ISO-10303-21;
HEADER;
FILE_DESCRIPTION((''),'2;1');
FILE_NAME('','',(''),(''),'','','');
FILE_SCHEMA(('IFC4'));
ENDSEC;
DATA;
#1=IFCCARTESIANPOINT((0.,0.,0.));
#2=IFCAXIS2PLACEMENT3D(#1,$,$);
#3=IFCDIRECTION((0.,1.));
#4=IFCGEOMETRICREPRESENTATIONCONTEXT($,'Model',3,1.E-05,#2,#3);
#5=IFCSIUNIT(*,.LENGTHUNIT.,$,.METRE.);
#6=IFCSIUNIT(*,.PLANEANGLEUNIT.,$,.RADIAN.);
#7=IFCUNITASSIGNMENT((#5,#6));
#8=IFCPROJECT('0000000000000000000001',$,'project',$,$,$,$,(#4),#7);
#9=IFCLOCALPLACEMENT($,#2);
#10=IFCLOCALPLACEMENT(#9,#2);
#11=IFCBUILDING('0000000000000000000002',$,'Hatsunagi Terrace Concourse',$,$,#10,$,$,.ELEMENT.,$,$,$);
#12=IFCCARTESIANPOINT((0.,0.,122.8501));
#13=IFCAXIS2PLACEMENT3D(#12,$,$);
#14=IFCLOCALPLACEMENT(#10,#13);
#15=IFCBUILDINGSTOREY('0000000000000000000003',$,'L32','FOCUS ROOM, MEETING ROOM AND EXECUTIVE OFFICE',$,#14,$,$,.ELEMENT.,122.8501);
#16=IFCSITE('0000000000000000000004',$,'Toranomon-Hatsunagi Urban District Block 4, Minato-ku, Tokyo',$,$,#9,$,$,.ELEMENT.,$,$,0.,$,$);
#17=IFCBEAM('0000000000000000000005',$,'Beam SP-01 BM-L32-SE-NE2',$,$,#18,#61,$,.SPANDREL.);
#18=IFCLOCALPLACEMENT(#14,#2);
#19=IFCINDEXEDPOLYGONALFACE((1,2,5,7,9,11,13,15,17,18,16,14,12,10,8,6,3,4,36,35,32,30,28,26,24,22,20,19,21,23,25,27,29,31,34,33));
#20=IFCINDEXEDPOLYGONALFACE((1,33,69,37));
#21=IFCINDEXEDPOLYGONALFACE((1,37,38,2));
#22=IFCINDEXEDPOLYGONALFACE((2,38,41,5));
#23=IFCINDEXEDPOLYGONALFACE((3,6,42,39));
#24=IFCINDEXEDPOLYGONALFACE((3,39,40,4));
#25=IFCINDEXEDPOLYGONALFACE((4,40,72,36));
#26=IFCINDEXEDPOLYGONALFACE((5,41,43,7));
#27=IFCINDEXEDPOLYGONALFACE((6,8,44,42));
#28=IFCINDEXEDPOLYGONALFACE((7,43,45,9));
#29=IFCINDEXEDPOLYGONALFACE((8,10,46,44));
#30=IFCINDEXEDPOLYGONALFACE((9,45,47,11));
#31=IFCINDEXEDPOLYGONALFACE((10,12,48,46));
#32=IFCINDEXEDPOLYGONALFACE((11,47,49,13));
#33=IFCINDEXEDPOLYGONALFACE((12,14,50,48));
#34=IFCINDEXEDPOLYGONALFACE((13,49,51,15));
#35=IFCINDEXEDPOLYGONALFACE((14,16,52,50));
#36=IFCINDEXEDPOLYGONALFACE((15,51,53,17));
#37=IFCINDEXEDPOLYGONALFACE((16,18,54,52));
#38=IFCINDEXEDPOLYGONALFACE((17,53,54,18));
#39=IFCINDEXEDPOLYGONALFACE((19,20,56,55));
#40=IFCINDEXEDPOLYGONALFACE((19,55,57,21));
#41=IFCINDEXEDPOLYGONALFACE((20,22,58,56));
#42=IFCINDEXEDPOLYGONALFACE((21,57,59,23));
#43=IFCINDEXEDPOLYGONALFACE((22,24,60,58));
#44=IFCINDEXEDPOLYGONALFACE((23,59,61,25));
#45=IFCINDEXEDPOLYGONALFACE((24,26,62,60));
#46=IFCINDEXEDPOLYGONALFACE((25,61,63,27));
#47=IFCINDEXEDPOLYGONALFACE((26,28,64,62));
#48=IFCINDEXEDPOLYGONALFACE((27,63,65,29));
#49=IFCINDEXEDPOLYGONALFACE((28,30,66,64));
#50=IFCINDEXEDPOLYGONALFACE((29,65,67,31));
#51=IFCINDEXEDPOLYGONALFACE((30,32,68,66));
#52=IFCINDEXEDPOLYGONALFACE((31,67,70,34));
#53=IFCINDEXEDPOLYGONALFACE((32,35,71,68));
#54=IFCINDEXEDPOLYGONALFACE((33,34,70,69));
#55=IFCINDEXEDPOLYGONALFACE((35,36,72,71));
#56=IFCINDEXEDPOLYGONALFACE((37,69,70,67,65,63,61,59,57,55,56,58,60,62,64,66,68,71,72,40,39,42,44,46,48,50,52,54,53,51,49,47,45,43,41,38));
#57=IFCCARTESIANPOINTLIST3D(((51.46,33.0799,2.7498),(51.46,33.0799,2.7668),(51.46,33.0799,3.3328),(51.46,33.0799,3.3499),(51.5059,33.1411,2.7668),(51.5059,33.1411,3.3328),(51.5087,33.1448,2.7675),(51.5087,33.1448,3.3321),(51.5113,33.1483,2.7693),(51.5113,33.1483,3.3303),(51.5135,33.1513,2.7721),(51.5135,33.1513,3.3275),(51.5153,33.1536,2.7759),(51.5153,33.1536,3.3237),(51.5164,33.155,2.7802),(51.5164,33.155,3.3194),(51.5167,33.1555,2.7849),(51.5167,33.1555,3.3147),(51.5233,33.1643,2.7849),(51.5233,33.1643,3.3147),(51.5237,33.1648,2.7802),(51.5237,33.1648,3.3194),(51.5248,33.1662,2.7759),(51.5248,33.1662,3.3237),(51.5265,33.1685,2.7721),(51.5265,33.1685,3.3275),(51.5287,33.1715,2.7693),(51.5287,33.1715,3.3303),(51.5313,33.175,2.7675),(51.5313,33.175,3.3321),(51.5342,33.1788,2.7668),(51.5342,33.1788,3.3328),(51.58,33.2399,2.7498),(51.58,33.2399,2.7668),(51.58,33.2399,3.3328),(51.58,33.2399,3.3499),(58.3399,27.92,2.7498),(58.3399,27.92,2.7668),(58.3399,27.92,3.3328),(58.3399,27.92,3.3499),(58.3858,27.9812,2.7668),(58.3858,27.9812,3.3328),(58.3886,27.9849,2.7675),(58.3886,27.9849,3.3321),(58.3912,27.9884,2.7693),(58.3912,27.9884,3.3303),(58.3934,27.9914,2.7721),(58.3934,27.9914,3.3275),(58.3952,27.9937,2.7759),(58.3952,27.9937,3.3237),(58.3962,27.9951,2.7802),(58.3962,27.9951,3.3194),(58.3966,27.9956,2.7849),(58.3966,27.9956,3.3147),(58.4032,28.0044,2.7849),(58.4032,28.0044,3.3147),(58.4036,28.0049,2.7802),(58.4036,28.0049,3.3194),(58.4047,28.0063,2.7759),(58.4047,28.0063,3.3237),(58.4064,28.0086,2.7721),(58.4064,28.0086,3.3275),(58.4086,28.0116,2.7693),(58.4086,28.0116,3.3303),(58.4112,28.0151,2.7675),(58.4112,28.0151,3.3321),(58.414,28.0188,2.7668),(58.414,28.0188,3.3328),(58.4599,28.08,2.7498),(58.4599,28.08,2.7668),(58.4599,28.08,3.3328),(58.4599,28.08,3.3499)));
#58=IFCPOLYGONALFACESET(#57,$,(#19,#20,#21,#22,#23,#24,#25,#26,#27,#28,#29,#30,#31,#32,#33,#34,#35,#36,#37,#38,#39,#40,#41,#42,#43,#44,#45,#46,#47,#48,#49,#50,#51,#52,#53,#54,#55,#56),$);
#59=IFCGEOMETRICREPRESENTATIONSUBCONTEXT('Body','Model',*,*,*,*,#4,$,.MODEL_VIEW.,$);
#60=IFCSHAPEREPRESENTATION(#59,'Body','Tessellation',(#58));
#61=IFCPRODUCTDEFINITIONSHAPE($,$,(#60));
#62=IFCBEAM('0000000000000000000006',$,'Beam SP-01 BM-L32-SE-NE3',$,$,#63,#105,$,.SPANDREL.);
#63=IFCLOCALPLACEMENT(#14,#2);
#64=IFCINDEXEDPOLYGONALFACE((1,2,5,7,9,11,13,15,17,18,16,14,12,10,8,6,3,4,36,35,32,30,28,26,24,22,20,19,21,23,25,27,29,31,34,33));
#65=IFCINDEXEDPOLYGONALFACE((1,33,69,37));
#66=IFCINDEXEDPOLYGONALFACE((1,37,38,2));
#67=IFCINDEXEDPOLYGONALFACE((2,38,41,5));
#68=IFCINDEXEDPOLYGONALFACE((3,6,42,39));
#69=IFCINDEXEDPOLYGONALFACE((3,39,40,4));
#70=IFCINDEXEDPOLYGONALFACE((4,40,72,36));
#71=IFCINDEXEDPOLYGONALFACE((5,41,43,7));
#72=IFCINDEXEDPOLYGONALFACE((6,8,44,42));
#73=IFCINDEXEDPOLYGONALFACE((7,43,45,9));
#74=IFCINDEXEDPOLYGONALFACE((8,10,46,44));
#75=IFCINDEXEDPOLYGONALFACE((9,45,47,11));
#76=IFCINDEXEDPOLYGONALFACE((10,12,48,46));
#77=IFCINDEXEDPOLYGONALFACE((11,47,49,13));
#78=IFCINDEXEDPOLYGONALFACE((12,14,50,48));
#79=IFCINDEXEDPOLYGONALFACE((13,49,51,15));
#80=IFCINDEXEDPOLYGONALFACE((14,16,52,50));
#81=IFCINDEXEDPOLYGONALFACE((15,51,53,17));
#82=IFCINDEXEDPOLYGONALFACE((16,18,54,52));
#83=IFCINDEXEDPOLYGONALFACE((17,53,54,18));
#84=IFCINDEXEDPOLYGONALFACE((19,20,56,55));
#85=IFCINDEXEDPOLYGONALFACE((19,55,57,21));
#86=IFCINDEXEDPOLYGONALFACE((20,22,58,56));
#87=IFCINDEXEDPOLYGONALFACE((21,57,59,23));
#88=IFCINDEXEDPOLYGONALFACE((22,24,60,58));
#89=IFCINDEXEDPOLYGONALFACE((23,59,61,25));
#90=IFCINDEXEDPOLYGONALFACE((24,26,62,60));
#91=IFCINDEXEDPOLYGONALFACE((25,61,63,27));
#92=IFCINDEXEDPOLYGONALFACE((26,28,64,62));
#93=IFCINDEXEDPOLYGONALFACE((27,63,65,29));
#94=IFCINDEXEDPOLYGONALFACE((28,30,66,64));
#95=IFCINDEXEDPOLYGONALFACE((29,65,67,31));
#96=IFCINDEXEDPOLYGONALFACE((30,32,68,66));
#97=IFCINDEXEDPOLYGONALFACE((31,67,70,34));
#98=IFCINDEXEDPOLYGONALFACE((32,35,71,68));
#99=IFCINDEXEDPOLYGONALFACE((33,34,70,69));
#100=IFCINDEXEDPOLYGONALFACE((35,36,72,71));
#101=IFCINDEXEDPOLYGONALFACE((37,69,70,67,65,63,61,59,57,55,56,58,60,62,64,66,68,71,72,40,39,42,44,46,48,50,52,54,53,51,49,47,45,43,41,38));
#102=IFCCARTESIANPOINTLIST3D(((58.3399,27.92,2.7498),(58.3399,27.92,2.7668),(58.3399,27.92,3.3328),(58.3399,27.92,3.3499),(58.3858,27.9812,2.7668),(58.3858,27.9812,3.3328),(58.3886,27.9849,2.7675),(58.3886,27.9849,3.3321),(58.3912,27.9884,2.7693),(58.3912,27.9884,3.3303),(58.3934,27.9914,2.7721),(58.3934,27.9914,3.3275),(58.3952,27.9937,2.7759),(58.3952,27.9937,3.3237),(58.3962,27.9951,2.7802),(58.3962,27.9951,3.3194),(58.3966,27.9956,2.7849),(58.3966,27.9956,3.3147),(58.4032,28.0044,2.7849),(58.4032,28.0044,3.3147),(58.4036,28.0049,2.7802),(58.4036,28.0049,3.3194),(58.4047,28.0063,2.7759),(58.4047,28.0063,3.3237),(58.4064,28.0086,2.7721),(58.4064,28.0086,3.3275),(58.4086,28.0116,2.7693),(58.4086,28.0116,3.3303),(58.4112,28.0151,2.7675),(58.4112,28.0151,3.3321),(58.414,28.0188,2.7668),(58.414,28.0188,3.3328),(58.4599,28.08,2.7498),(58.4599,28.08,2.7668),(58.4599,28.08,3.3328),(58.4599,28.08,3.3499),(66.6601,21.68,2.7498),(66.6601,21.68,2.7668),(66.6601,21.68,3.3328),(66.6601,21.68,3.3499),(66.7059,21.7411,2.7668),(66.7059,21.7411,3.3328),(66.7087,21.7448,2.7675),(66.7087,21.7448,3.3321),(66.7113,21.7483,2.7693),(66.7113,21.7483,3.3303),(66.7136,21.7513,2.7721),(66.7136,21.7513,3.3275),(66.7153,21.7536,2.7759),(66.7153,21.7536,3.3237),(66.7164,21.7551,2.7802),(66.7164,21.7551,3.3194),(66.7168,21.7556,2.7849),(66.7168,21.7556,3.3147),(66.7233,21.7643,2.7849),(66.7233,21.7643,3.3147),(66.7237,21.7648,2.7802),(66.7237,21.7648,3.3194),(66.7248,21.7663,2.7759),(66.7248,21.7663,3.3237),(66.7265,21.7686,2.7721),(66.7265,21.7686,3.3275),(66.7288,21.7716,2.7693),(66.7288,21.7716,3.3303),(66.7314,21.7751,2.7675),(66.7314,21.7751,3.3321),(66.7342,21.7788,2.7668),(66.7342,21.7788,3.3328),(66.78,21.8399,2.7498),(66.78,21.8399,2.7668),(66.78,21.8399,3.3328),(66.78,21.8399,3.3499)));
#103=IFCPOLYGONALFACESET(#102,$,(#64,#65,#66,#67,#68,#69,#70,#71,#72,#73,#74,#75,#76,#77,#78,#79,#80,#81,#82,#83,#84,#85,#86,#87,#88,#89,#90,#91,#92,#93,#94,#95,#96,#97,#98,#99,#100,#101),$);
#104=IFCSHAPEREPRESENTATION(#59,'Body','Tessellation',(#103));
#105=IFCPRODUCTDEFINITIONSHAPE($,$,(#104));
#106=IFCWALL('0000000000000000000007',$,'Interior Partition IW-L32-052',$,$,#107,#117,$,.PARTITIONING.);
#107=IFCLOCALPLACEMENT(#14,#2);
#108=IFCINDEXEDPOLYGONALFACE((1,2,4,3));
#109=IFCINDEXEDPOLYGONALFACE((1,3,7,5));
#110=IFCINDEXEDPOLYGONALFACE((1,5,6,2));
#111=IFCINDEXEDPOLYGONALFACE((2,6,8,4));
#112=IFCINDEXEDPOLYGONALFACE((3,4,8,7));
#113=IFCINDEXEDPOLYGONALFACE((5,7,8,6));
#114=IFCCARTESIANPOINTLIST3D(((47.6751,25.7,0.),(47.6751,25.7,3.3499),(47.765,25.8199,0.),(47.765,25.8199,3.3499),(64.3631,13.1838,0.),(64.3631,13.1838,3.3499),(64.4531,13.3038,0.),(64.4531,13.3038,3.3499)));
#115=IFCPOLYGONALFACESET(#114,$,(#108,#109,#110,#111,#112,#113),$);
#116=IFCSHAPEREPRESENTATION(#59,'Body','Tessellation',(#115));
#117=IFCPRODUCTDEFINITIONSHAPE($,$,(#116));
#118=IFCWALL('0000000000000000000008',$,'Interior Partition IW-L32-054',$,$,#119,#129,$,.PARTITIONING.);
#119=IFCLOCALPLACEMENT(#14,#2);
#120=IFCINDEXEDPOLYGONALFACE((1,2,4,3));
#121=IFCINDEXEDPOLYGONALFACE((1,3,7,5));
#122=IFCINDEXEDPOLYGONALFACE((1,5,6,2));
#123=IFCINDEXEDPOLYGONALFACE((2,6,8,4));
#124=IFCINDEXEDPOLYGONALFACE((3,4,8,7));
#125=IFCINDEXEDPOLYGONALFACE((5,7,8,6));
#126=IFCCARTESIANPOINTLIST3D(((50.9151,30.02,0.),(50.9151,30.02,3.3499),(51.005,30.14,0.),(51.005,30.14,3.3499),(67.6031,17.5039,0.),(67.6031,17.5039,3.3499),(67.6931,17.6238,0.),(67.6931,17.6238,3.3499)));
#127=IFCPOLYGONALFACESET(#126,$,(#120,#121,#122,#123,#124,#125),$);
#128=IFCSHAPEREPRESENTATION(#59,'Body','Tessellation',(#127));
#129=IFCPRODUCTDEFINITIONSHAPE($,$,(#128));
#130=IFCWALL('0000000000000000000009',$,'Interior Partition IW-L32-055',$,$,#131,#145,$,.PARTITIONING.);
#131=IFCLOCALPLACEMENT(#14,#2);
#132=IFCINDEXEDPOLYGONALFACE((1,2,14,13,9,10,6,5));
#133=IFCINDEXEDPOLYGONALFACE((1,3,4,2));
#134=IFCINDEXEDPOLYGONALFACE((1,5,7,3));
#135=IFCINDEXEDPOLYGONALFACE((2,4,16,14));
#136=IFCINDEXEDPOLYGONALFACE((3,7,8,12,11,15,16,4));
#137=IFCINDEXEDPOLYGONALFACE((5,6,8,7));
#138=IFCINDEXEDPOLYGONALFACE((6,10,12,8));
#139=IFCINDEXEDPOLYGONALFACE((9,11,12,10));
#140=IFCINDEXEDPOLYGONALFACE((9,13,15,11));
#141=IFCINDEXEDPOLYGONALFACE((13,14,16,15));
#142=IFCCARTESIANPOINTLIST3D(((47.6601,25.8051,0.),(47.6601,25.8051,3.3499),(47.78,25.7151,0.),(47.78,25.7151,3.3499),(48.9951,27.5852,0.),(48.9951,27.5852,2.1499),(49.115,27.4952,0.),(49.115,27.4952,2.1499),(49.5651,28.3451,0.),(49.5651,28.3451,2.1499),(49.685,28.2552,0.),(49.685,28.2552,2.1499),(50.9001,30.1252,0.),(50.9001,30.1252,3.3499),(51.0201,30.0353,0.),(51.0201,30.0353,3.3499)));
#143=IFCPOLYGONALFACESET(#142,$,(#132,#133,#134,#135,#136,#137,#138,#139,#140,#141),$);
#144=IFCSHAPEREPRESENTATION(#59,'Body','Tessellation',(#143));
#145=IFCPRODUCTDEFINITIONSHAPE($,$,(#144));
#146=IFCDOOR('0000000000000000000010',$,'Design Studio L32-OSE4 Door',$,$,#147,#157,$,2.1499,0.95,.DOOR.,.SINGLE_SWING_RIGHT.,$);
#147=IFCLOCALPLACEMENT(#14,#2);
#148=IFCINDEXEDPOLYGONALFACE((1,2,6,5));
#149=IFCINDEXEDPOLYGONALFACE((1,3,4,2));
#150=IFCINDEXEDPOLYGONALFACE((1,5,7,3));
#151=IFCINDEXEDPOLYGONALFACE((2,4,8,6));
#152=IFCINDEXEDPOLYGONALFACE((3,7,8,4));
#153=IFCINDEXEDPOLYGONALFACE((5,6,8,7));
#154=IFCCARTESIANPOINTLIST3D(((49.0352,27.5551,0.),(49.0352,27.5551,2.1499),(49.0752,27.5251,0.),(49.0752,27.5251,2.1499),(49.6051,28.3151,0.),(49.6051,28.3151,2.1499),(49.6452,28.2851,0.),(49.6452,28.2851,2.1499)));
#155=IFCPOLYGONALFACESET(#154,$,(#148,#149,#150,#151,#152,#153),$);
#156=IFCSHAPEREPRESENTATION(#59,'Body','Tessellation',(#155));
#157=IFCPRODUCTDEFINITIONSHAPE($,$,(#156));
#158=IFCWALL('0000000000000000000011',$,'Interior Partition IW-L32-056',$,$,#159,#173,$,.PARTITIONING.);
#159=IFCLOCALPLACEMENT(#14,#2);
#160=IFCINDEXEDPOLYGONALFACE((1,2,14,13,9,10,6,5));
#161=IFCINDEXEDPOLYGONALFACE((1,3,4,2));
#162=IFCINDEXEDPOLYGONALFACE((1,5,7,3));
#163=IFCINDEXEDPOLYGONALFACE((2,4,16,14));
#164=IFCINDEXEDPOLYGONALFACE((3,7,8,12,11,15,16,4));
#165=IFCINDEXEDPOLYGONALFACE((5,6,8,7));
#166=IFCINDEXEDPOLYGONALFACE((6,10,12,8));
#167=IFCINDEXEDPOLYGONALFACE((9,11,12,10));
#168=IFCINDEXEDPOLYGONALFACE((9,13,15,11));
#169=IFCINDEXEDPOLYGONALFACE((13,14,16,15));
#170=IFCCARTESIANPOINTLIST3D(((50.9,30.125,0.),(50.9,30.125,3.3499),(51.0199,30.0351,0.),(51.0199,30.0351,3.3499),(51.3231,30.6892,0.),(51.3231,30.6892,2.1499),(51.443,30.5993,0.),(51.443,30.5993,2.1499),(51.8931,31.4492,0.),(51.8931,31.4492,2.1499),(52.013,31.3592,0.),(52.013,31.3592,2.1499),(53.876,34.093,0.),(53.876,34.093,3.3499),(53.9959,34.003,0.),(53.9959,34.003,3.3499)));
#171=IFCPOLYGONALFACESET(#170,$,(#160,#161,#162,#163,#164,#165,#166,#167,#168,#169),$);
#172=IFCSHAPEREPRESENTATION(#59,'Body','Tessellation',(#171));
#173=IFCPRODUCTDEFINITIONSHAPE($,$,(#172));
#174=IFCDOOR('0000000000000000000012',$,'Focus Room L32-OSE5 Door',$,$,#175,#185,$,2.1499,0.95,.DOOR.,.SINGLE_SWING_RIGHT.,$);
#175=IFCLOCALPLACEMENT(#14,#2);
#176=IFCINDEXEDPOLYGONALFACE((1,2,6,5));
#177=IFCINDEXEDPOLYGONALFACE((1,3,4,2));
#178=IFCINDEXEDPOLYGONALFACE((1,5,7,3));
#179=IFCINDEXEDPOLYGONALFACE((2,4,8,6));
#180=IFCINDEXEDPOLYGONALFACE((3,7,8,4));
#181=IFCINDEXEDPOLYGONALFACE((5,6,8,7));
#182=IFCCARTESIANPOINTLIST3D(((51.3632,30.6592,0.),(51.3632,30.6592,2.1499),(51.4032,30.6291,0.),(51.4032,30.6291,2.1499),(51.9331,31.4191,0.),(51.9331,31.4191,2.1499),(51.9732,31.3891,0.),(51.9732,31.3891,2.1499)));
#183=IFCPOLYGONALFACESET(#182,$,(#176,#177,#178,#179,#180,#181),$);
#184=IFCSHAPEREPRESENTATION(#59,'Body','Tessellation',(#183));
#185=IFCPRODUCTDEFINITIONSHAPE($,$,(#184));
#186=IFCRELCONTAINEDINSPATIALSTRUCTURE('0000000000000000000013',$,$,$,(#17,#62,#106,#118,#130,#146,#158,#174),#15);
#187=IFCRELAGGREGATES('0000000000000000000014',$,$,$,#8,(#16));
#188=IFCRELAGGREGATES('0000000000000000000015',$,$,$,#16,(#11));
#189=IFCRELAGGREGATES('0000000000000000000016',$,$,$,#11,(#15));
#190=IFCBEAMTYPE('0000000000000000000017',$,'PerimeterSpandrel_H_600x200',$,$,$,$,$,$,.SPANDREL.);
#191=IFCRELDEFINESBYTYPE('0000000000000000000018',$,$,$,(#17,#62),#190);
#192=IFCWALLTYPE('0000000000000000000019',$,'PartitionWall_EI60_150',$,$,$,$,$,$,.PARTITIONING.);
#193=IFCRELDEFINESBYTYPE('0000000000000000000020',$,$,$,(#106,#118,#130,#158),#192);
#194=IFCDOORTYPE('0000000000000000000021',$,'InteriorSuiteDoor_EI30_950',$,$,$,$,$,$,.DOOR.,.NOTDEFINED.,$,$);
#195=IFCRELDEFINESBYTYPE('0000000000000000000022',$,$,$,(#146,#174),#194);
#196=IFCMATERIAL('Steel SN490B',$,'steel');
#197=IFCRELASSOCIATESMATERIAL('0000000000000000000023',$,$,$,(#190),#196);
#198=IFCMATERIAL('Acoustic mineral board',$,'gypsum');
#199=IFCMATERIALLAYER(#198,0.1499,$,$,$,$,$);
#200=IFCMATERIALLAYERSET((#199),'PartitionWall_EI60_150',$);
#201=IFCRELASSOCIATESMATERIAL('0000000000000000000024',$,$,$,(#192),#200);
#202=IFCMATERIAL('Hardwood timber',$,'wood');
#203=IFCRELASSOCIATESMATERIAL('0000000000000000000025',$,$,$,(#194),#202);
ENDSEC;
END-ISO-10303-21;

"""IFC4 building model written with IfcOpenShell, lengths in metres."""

from ifc_helpers import new_model, si_unit, direction, frame, frame_2d, origin, origin_2d, place, context, subcontext, project, spatial, rectangle, i_section, extrude, material, layer, layer_set, material_profile, profile_set, type_object, element, fill, save


model = new_model("IFC4")

# Units and contexts
model_context = context("Model", 3, precision=1e-05, world=origin(), true_north=direction((0.0, 1.0)))
body_context = subcontext(model_context, "Body", "Model", "MODEL_VIEW")
ifc_project = project(units=[si_unit("LENGTHUNIT", "METRE"), si_unit("PLANEANGLEUNIT", "RADIAN")], contexts=[model_context])

# Site, building, storey
site_placement = place(None, origin())
site = spatial("IfcSite", under=ifc_project, at=site_placement, Name="Toranomon-Hatsunagi Urban District Block 4, Minato-ku, Tokyo", CompositionType="ELEMENT", RefElevation=0.0)
building_placement = place(site_placement, origin())
building = spatial("IfcBuilding", under=site, at=building_placement, Name="Hatsunagi Terrace Concourse", CompositionType="ELEMENT")
storey_placement = place(building_placement, frame((0.0, 0.0, 122.8501)))
storey = spatial("IfcBuildingStorey", under=building, at=storey_placement, Name="L32", Description="FOCUS ROOM, MEETING ROOM AND EXECUTIVE OFFICE", CompositionType="ELEMENT", Elevation=122.8501)

# Beams
ifc_material_1 = material(Name="Steel SN490B", Category="steel")
ifc_material_profile_1 = material_profile(ifc_material_1, i_section(OverallWidth=0.2, OverallDepth=0.6001, WebThickness=0.011, FlangeThickness=0.0171, FilletRadius=0.0181, at=origin_2d()), Name="H-600x200x11x17")
ifc_profile_set_1 = profile_set([ifc_material_profile_1], Name="Steel SN490B")
beam_type_1 = type_object("IfcBeamType", Name="PerimeterSpandrel_H_600x200", PredefinedType="SPANDREL", material=ifc_profile_set_1)
beam_1_placement = place(storey_placement, frame((51.52, 33.1599, 3.0498), z_axis=(0.8, -0.6, 0.0), x_axis=(0.6, 0.8, 0.0)))
element("IfcBeam", 1, at=beam_1_placement, inside=storey, type_object=beam_type_1, Name="Beam SP-01 BM-L32-SE-NE2", PredefinedType="SPANDREL", context=body_context, shape_type="SweptSolid", body=[
    extrude(i_section(OverallWidth=0.2, OverallDepth=0.6001, WebThickness=0.011, FlangeThickness=0.0171, FilletRadius=0.0181, at=origin_2d()), origin(), (0.0, 0.0, 1.0), 8.5999),
])
beam_2_placement = place(storey_placement, frame((58.3999, 28.0, 3.0498), z_axis=(0.800003, -0.599996, 0.0), x_axis=(0.599996, 0.800003, 0.0)))
element("IfcBeam", 2, at=beam_2_placement, inside=storey, type_object=beam_type_1, Name="Beam SP-01 BM-L32-SE-NE3", PredefinedType="SPANDREL", context=body_context, shape_type="SweptSolid", body=[
    extrude(i_section(OverallWidth=0.2, OverallDepth=0.6001, WebThickness=0.011, FlangeThickness=0.0171, FilletRadius=0.0181, at=origin_2d()), origin(), (0.0, 0.0, 1.0), 10.4001),
])

# Walls
ifc_material_2 = material(Name="Acoustic mineral board", Category="gypsum")
ifc_layer_1 = layer(ifc_material_2, 0.1499)
ifc_layer_set_1 = layer_set([ifc_layer_1], Name="PartitionWall_EI60_150")
wall_type_1 = type_object("IfcWallType", Name="PartitionWall_EI60_150", PredefinedType="PARTITIONING", material=ifc_layer_set_1)
for number, where, z_axis, x_axis, name in (
    (3, (47.72, 25.76, 0.0), (0.0, 0.0, 1.0), (0.799997, -0.600004, 0.0), "Interior Partition IW-L32-052"),
    (4, (50.96, 30.0801, 0.0), (0.0, 0.0, 1.0), (0.799997, -0.600004, 0.0), "Interior Partition IW-L32-054"),
):
    element("IfcWall", number, at=place(storey_placement, frame(where, z_axis=z_axis, x_axis=x_axis)), inside=storey, type_object=wall_type_1, Name=name, PredefinedType="PARTITIONING", context=body_context, shape_type="SweptSolid", body=[
        extrude(rectangle(XDim=20.8601, YDim=0.1499, at=frame_2d((10.4302, 0.0))), origin(), (0.0, 0.0, 1.0), 3.3499),
    ])

# Walls, openings, doors
wall_1_placement = place(storey_placement, frame((47.72, 25.76, 0.0), z_axis=(0.0, 0.0, 1.0), x_axis=(0.599993, 0.800005, 0.0)))
wall_1 = element("IfcWall", 5, at=wall_1_placement, inside=storey, type_object=wall_type_1, Name="Interior Partition IW-L32-055", PredefinedType="PARTITIONING", context=body_context, shape_type="SweptSolid", body=[
    extrude(rectangle(XDim=5.4001, YDim=0.1499, at=frame_2d((2.7002, 0.0))), origin(), (0.0, 0.0, 1.0), 3.3499),
])
opening_1_placement = place(wall_1_placement, frame((2.2251, 0.0, 0.0)))
opening_1 = element("IfcOpeningElement", 6, at=opening_1_placement, cuts=wall_1, PredefinedType="OPENING", context=body_context, shape_type="SweptSolid", body=[
    extrude(rectangle(XDim=0.95, YDim=2.1499, at=frame_2d((0.4751, 1.075))), frame((0.0, 0.085, 0.0), z_axis=(0.0, -1.0, 0.0), x_axis=(1.0, 0.0, 0.0)), (0.0, 0.0, 1.0), 0.1699),
])
ifc_material_3 = material(Name="Hardwood timber", Category="wood")
door_type_1 = type_object("IfcDoorType", Name="InteriorSuiteDoor_EI30_950", OperationType="NOTDEFINED", PredefinedType="DOOR", material=ifc_material_3)
door_1_placement = place(opening_1_placement, origin())
door_1 = element("IfcDoor", 7, at=door_1_placement, inside=storey, type_object=door_type_1, Name="Design Studio L32-OSE4 Door", OperationType="SINGLE_SWING_RIGHT", OverallHeight=2.1499, OverallWidth=0.95, PredefinedType="DOOR", context=body_context, shape_type="SweptSolid", body=[
    extrude(rectangle(XDim=0.95, YDim=2.1499, at=frame_2d((0.4751, 1.075))), frame((0.0, 0.0249, 0.0), z_axis=(0.0, -1.0, 0.0), x_axis=(1.0, 0.0, 0.0)), (0.0, 0.0, 1.0), 0.05),
])
fill(opening_1, door_1)
wall_2_placement = place(storey_placement, frame((50.96, 30.0801, 0.0), z_axis=(0.0, 0.0, 1.0), x_axis=(0.600008, 0.799994, 0.0)))
wall_2 = element("IfcWall", 8, at=wall_2_placement, inside=storey, type_object=wall_type_1, Name="Interior Partition IW-L32-056", PredefinedType="PARTITIONING", context=body_context, shape_type="SweptSolid", body=[
    extrude(rectangle(XDim=4.96, YDim=0.1499, at=frame_2d((2.48, 0.0))), origin(), (0.0, 0.0, 1.0), 3.3499),
])
opening_2_placement = place(wall_2_placement, frame((0.7051, 0.0, 0.0)))
opening_2 = element("IfcOpeningElement", 9, at=opening_2_placement, cuts=wall_2, PredefinedType="OPENING", context=body_context, shape_type="SweptSolid", body=[
    extrude(rectangle(XDim=0.95, YDim=2.1499, at=frame_2d((0.4751, 1.075))), frame((0.0, 0.085, 0.0), z_axis=(0.0, -1.0, 0.0), x_axis=(1.0, 0.0, 0.0)), (0.0, 0.0, 1.0), 0.1699),
])
door_2_placement = place(opening_2_placement, origin())
door_2 = element("IfcDoor", 10, at=door_2_placement, inside=storey, type_object=door_type_1, Name="Focus Room L32-OSE5 Door", OperationType="SINGLE_SWING_RIGHT", OverallHeight=2.1499, OverallWidth=0.95, PredefinedType="DOOR", context=body_context, shape_type="SweptSolid", body=[
    extrude(rectangle(XDim=0.95, YDim=2.1499, at=frame_2d((0.4751, 1.075))), frame((0.0, 0.0249, 0.0), z_axis=(0.0, -1.0, 0.0), x_axis=(1.0, 0.0, 0.0)), (0.0, 0.0, 1.0), 0.05),
])
fill(opening_2, door_2)

save(model, "model.ifc")
